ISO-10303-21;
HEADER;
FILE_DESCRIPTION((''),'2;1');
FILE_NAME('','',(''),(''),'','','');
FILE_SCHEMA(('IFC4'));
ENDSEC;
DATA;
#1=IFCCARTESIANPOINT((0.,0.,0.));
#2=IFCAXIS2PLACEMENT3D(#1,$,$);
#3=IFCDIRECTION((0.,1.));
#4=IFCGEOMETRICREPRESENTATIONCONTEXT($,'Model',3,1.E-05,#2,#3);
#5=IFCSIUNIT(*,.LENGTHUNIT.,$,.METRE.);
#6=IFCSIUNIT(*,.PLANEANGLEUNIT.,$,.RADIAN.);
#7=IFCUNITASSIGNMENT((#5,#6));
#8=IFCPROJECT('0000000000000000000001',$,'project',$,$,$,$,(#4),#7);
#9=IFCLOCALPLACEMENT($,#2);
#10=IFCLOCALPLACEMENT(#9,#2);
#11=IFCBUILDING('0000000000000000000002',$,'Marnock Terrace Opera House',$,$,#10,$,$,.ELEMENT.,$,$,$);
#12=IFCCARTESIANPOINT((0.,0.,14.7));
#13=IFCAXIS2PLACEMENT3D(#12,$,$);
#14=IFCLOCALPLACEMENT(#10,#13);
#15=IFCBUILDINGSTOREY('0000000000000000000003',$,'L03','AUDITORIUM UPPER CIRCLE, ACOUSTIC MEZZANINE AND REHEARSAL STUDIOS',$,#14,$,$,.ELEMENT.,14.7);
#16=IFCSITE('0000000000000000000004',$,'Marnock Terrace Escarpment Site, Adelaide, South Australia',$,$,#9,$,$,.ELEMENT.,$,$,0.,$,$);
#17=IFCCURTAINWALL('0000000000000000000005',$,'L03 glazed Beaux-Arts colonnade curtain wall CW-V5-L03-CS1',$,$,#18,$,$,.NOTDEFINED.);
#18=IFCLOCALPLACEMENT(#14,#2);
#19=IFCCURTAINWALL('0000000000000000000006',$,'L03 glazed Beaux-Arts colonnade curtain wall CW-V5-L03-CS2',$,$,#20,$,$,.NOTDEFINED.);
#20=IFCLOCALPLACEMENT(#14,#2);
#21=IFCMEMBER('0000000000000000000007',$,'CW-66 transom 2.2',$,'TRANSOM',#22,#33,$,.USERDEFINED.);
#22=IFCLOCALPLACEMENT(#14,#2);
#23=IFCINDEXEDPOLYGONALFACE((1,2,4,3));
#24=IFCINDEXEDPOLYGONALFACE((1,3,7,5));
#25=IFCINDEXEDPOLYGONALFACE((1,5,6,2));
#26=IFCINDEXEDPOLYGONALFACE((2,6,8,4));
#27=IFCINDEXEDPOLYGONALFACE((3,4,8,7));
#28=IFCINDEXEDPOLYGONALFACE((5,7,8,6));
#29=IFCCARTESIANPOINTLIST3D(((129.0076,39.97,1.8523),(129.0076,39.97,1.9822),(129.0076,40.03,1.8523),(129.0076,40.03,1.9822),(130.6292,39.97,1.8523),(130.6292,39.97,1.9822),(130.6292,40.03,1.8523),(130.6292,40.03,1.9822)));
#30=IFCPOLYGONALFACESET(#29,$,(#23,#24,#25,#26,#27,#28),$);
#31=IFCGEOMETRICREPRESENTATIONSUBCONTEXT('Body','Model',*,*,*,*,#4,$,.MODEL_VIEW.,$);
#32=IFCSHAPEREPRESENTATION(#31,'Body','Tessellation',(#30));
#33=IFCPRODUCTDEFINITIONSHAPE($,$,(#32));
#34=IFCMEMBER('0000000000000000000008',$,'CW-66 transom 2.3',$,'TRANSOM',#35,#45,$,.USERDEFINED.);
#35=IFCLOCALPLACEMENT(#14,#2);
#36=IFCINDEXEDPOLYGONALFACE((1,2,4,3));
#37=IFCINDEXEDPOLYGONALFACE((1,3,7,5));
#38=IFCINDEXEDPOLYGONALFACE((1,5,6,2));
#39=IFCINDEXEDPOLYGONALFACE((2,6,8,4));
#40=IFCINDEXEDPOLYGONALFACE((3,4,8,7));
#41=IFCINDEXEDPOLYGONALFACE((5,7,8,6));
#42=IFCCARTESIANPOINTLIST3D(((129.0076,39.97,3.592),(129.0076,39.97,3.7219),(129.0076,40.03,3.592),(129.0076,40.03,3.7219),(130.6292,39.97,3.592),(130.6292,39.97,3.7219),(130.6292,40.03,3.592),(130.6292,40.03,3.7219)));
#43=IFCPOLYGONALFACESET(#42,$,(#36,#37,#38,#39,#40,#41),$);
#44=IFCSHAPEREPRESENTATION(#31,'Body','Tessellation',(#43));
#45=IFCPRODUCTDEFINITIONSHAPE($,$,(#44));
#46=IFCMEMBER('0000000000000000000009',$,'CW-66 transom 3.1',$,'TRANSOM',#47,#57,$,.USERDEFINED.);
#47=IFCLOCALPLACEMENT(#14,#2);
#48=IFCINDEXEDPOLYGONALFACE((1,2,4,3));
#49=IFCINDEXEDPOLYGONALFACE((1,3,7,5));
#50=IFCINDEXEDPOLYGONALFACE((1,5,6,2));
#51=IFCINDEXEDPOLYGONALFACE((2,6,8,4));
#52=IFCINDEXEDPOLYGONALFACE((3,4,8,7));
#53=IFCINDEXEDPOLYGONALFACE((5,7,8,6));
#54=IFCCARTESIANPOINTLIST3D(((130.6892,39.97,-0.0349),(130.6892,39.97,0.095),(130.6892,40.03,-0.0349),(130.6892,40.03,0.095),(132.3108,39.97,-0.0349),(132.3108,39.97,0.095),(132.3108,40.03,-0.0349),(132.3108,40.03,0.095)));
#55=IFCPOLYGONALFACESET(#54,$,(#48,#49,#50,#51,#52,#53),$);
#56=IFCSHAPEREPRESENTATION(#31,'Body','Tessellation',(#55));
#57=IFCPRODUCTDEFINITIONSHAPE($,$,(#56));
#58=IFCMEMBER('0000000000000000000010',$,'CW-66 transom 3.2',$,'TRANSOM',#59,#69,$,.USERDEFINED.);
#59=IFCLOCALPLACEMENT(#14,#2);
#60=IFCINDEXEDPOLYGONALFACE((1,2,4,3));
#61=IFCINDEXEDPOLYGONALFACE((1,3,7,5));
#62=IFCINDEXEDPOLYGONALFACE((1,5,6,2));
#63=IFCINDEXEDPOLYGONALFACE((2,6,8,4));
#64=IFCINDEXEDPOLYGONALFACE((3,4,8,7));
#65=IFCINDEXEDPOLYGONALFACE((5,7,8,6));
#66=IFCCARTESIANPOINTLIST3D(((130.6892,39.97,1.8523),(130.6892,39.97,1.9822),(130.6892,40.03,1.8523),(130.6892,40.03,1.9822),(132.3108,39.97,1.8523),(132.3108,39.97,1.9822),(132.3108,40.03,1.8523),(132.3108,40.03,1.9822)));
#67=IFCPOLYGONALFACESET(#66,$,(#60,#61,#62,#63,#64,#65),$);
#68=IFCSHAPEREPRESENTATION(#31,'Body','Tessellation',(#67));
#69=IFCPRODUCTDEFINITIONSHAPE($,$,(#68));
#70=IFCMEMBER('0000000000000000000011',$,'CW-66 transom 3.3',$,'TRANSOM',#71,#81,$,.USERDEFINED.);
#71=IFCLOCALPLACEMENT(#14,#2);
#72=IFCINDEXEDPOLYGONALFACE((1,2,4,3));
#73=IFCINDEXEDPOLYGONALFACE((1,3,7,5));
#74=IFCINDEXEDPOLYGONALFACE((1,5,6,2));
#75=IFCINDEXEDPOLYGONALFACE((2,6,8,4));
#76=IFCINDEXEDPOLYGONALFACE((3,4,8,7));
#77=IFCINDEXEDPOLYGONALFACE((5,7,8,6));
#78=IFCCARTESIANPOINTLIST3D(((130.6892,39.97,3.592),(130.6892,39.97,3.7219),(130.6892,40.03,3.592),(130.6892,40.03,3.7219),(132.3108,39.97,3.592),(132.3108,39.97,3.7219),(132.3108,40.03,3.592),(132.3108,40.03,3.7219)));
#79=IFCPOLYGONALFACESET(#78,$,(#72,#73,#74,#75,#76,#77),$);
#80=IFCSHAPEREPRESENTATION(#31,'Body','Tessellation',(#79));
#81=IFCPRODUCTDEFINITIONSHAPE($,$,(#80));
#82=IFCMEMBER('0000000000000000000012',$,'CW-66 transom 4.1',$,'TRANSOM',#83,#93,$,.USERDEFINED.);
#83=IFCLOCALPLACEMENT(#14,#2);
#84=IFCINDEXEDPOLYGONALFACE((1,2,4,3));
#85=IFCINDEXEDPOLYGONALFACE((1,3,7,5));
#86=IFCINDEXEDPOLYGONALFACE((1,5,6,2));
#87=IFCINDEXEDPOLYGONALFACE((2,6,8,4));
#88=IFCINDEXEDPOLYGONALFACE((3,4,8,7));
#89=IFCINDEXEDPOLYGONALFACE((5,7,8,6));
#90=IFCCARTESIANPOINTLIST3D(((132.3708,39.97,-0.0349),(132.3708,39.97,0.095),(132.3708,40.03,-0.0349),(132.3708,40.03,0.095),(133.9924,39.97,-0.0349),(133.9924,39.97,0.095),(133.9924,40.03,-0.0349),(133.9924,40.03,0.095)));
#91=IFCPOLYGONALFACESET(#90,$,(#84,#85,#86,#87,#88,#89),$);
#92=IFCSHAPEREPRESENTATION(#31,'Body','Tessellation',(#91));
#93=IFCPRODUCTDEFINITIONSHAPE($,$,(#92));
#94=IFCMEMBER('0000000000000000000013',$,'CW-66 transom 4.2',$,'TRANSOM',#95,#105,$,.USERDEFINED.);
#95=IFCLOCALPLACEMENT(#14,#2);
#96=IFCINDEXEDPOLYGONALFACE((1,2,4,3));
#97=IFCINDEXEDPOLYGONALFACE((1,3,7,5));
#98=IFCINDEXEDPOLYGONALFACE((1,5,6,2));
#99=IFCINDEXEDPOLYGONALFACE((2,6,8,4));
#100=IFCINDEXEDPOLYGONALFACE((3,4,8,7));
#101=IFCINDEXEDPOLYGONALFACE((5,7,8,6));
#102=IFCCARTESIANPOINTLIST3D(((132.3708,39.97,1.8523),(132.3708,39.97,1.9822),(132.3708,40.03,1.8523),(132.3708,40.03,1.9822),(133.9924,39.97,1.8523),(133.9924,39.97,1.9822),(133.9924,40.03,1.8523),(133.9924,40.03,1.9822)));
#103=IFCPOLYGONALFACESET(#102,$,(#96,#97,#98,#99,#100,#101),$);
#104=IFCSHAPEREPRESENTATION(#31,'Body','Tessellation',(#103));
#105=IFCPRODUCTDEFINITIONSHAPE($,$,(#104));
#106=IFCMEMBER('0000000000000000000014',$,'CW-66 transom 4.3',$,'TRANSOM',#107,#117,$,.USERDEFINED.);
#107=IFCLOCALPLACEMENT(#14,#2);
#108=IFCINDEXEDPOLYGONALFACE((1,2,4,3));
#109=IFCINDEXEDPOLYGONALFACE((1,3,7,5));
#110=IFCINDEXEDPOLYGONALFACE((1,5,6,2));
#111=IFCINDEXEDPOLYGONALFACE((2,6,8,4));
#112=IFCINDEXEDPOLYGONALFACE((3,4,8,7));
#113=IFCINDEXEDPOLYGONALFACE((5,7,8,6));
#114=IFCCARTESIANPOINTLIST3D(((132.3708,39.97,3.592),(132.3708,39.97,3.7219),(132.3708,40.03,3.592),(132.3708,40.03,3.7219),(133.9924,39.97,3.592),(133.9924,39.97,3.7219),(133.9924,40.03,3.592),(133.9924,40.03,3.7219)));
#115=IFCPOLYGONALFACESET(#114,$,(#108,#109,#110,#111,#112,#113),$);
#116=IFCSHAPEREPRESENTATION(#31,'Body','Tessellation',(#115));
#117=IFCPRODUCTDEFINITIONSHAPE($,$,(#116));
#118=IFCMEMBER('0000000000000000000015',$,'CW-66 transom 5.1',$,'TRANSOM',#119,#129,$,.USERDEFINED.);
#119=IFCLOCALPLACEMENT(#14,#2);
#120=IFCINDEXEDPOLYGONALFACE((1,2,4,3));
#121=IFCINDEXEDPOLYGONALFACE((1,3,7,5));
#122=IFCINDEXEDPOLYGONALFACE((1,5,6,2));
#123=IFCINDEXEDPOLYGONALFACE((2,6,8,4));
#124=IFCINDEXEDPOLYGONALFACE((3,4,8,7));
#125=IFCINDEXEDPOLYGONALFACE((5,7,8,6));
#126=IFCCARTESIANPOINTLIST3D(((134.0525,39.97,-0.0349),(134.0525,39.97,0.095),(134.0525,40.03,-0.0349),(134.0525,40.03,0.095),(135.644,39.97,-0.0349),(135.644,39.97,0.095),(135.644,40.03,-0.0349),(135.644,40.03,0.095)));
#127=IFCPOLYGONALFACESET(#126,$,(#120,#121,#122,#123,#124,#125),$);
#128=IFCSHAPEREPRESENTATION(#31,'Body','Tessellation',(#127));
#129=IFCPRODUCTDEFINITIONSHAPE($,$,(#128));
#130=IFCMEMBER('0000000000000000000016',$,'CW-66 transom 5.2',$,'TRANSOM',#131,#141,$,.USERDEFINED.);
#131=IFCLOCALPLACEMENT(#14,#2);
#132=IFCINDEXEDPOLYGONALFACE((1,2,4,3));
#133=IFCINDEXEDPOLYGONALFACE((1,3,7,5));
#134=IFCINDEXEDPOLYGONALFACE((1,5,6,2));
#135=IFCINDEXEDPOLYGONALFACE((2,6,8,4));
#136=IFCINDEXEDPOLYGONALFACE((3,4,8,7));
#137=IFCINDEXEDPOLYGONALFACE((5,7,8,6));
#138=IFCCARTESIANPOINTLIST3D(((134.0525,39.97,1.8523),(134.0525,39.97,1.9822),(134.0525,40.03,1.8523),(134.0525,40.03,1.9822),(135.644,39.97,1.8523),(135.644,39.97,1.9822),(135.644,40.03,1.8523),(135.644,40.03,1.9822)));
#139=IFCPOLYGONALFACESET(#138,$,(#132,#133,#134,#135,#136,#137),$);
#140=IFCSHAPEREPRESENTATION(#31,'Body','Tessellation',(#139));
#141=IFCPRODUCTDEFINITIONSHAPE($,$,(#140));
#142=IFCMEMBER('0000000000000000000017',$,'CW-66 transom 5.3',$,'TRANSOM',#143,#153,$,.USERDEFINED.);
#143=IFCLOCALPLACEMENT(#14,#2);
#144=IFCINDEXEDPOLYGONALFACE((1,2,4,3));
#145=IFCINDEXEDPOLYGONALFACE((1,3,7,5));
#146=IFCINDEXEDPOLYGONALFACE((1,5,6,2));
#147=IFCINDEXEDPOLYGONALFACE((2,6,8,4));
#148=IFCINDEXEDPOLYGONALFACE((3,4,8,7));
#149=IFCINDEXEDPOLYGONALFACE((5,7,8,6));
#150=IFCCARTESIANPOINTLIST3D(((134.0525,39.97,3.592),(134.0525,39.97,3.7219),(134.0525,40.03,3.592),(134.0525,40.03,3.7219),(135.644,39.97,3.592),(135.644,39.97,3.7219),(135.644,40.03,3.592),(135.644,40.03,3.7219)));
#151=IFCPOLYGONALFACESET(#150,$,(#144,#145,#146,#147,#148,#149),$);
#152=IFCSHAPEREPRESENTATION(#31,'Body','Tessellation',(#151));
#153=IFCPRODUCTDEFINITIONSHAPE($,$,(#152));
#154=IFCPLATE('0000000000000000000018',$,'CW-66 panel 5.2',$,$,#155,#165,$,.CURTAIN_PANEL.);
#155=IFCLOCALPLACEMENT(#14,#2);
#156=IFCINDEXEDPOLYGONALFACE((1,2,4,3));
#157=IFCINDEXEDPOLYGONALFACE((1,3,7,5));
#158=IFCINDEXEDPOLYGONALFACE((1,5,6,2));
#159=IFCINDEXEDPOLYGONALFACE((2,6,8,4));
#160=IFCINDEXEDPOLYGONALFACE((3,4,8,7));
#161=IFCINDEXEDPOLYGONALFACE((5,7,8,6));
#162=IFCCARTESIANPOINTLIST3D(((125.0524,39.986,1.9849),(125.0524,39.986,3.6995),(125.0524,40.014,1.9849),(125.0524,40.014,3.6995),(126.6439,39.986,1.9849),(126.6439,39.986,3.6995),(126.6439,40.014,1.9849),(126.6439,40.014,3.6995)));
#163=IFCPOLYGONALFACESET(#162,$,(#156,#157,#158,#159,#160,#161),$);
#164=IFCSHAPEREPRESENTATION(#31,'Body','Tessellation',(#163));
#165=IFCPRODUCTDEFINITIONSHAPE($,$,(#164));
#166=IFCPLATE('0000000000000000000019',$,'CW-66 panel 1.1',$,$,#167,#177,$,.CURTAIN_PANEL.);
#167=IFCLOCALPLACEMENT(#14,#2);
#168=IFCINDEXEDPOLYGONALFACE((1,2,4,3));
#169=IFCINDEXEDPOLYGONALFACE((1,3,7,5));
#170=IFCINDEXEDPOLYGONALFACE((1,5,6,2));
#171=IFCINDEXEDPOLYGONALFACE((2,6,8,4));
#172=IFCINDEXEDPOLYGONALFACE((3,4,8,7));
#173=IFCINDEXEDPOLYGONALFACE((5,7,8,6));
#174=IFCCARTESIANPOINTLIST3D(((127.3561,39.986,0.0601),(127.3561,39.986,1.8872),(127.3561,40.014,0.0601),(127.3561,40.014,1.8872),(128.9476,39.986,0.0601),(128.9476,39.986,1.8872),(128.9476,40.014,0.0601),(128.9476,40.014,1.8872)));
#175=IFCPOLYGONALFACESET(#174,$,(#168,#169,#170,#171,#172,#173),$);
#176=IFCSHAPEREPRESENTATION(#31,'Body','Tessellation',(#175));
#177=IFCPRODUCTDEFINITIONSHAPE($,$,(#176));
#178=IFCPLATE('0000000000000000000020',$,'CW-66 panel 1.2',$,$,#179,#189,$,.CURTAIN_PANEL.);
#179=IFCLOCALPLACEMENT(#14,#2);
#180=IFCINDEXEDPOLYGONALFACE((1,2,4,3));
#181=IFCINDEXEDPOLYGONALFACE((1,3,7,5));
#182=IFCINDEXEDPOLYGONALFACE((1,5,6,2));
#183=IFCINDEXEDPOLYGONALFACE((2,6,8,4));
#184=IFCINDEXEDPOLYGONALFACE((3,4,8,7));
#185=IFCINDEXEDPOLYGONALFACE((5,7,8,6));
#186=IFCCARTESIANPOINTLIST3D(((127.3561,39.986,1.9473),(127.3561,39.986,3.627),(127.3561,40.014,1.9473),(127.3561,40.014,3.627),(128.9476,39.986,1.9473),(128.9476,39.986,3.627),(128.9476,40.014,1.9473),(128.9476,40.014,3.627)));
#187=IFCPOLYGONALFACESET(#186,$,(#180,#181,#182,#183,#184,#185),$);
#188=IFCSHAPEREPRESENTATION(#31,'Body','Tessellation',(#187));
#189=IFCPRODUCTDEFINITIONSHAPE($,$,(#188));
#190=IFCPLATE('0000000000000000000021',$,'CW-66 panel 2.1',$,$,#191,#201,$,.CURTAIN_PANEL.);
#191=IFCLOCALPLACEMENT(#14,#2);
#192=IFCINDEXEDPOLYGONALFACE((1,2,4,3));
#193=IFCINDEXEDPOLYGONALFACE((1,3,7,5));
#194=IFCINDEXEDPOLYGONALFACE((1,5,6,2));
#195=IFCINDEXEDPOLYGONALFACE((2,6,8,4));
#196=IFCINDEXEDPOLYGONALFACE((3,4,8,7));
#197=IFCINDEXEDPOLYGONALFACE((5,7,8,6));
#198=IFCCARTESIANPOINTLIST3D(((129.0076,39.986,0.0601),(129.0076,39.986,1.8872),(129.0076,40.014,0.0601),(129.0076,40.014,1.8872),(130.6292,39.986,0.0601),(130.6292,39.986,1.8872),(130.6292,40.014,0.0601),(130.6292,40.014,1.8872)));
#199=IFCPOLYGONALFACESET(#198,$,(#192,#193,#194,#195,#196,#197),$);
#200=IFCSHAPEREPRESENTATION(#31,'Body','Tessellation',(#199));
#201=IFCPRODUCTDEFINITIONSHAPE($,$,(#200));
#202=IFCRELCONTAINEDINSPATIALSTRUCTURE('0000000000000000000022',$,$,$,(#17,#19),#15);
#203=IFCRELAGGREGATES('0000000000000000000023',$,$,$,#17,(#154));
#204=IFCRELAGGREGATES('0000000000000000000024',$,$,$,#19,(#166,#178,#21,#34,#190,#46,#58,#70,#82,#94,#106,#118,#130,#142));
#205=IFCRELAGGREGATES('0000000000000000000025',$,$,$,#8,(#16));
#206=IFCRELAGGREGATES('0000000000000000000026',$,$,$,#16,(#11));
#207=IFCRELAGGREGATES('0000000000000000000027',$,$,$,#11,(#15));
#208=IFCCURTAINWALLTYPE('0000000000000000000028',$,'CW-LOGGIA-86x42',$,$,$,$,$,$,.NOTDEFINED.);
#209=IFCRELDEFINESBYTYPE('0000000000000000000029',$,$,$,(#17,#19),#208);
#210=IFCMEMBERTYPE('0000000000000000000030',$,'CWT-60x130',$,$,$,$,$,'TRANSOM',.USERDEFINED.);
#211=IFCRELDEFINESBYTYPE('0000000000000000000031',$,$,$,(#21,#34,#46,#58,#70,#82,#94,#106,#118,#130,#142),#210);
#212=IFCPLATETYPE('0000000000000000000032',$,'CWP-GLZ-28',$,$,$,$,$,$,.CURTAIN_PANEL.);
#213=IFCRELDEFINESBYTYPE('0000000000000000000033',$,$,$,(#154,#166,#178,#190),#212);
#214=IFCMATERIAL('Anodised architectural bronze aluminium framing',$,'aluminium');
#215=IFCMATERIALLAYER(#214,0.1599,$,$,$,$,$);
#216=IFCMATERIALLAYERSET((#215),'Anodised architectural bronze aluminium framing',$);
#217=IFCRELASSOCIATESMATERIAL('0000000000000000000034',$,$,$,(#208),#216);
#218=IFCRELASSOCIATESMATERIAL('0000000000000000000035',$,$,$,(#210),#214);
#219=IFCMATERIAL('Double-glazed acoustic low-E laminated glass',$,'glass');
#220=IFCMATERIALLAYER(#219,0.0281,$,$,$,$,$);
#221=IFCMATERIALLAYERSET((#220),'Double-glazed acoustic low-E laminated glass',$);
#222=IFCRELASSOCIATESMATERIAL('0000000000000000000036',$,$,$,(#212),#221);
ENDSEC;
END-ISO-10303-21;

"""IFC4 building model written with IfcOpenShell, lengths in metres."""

from ifc_helpers import new_model, si_unit, direction, frame, origin, origin_2d, place, context, subcontext, project, spatial, rectangle, extrude, material, layer, layer_set, material_profile, profile_set, type_object, element, aggregate, save


model = new_model("IFC4")

# Units and contexts
model_context = context("Model", 3, precision=1e-05, world=origin(), true_north=direction((0.0, 1.0)))
body_context = subcontext(model_context, "Body", "Model", "MODEL_VIEW")
ifc_project = project(units=[si_unit("LENGTHUNIT", "METRE"), si_unit("PLANEANGLEUNIT", "RADIAN")], contexts=[model_context])

# Site, building, storey
site_placement = place(None, origin())
site = spatial("IfcSite", under=ifc_project, at=site_placement, Name="Marnock Terrace Escarpment Site, Adelaide, South Australia", CompositionType="ELEMENT", RefElevation=0.0)
building_placement = place(site_placement, origin())
building = spatial("IfcBuilding", under=site, at=building_placement, Name="Marnock Terrace Opera House", CompositionType="ELEMENT")
storey_placement = place(building_placement, frame((0.0, 0.0, 14.7)))
storey = spatial("IfcBuildingStorey", under=building, at=storey_placement, Name="L03", Description="AUDITORIUM UPPER CIRCLE, ACOUSTIC MEZZANINE AND REHEARSAL STUDIOS", CompositionType="ELEMENT", Elevation=14.7)

# Curtain wall
ifc_material_1 = material(Name="Anodised architectural bronze aluminium framing", Category="aluminium")
ifc_layer_1 = layer(ifc_material_1, 0.1599)
ifc_layer_set_1 = layer_set([ifc_layer_1], Name="Anodised architectural bronze aluminium framing")
curtain_wall_type = type_object("IfcCurtainWallType", Name="CW-LOGGIA-86x42", PredefinedType="NOTDEFINED", material=ifc_layer_set_1)
curtain_wall_1_placement = place(storey_placement, origin())
curtain_wall_1 = element("IfcCurtainWall", 1, at=curtain_wall_1_placement, inside=storey, type_object=curtain_wall_type, Name="L03 glazed Beaux-Arts colonnade curtain wall CW-V5-L03-CS1", PredefinedType="NOTDEFINED")

# Curtain wall, members
curtain_wall_2_placement = place(storey_placement, origin())
curtain_wall_2 = element("IfcCurtainWall", 2, at=curtain_wall_2_placement, inside=storey, type_object=curtain_wall_type, Name="L03 glazed Beaux-Arts colonnade curtain wall CW-V5-L03-CS2", PredefinedType="NOTDEFINED")
ifc_material_profile_1 = material_profile(ifc_material_1, rectangle(XDim=0.0601, YDim=0.1299, at=origin_2d()))
ifc_profile_set_1 = profile_set([ifc_material_profile_1], Name="Anodised architectural bronze aluminium framing")
member_type_1 = type_object("IfcMemberType", Name="CWT-60x130", ElementType="TRANSOM", PredefinedType="USERDEFINED", material=ifc_profile_set_1)
member_1_placement = place(storey_placement, frame((129.0076, 40.0, 1.9172), z_axis=(1.0, 0.0, 0.0), x_axis=(0.0, 1.0, 0.0)))
member_1 = element("IfcMember", 3, at=member_1_placement, type_object=member_type_1, Name="CW-66 transom 2.2", ObjectType="TRANSOM", PredefinedType="USERDEFINED", context=body_context, shape_type="SweptSolid", body=[
    extrude(rectangle(XDim=0.0601, YDim=0.1299, at=origin_2d()), origin(), (0.0, 0.0, 1.0), 1.6216),
])
member_2_placement = place(storey_placement, frame((129.0076, 40.0, 3.657), z_axis=(1.0, 0.0, 0.0), x_axis=(0.0, 1.0, 0.0)))
member_2 = element("IfcMember", 4, at=member_2_placement, type_object=member_type_1, Name="CW-66 transom 2.3", ObjectType="TRANSOM", PredefinedType="USERDEFINED", context=body_context, shape_type="SweptSolid", body=[
    extrude(rectangle(XDim=0.0601, YDim=0.1299, at=origin_2d()), origin(), (0.0, 0.0, 1.0), 1.6216),
])
member_3_placement = place(storey_placement, frame((130.6892, 40.0, 0.03), z_axis=(1.0, 0.0, 0.0), x_axis=(0.0, 1.0, 0.0)))
member_3 = element("IfcMember", 5, at=member_3_placement, type_object=member_type_1, Name="CW-66 transom 3.1", ObjectType="TRANSOM", PredefinedType="USERDEFINED", context=body_context, shape_type="SweptSolid", body=[
    extrude(rectangle(XDim=0.0601, YDim=0.1299, at=origin_2d()), origin(), (0.0, 0.0, 1.0), 1.6216),
])
member_4_placement = place(storey_placement, frame((130.6892, 40.0, 1.9172), z_axis=(1.0, 0.0, 0.0), x_axis=(0.0, 1.0, 0.0)))
member_4 = element("IfcMember", 6, at=member_4_placement, type_object=member_type_1, Name="CW-66 transom 3.2", ObjectType="TRANSOM", PredefinedType="USERDEFINED", context=body_context, shape_type="SweptSolid", body=[
    extrude(rectangle(XDim=0.0601, YDim=0.1299, at=origin_2d()), origin(), (0.0, 0.0, 1.0), 1.6216),
])
member_5_placement = place(storey_placement, frame((130.6892, 40.0, 3.657), z_axis=(1.0, 0.0, 0.0), x_axis=(0.0, 1.0, 0.0)))
member_5 = element("IfcMember", 7, at=member_5_placement, type_object=member_type_1, Name="CW-66 transom 3.3", ObjectType="TRANSOM", PredefinedType="USERDEFINED", context=body_context, shape_type="SweptSolid", body=[
    extrude(rectangle(XDim=0.0601, YDim=0.1299, at=origin_2d()), origin(), (0.0, 0.0, 1.0), 1.6216),
])
member_6_placement = place(storey_placement, frame((132.3708, 40.0, 0.03), z_axis=(1.0, 0.0, 0.0), x_axis=(0.0, 1.0, 0.0)))
member_6 = element("IfcMember", 8, at=member_6_placement, type_object=member_type_1, Name="CW-66 transom 4.1", ObjectType="TRANSOM", PredefinedType="USERDEFINED", context=body_context, shape_type="SweptSolid", body=[
    extrude(rectangle(XDim=0.0601, YDim=0.1299, at=origin_2d()), origin(), (0.0, 0.0, 1.0), 1.6216),
])
member_7_placement = place(storey_placement, frame((132.3708, 40.0, 1.9172), z_axis=(1.0, 0.0, 0.0), x_axis=(0.0, 1.0, 0.0)))
member_7 = element("IfcMember", 9, at=member_7_placement, type_object=member_type_1, Name="CW-66 transom 4.2", ObjectType="TRANSOM", PredefinedType="USERDEFINED", context=body_context, shape_type="SweptSolid", body=[
    extrude(rectangle(XDim=0.0601, YDim=0.1299, at=origin_2d()), origin(), (0.0, 0.0, 1.0), 1.6216),
])
member_8_placement = place(storey_placement, frame((132.3708, 40.0, 3.657), z_axis=(1.0, 0.0, 0.0), x_axis=(0.0, 1.0, 0.0)))
member_8 = element("IfcMember", 10, at=member_8_placement, type_object=member_type_1, Name="CW-66 transom 4.3", ObjectType="TRANSOM", PredefinedType="USERDEFINED", context=body_context, shape_type="SweptSolid", body=[
    extrude(rectangle(XDim=0.0601, YDim=0.1299, at=origin_2d()), origin(), (0.0, 0.0, 1.0), 1.6216),
])
member_9_placement = place(storey_placement, frame((134.0525, 40.0, 0.03), z_axis=(1.0, 0.0, 0.0), x_axis=(0.0, 1.0, 0.0)))
member_9 = element("IfcMember", 11, at=member_9_placement, type_object=member_type_1, Name="CW-66 transom 5.1", ObjectType="TRANSOM", PredefinedType="USERDEFINED", context=body_context, shape_type="SweptSolid", body=[
    extrude(rectangle(XDim=0.0601, YDim=0.1299, at=origin_2d()), origin(), (0.0, 0.0, 1.0), 1.5916),
])
member_10_placement = place(storey_placement, frame((134.0525, 40.0, 1.9172), z_axis=(1.0, 0.0, 0.0), x_axis=(0.0, 1.0, 0.0)))
member_10 = element("IfcMember", 12, at=member_10_placement, type_object=member_type_1, Name="CW-66 transom 5.2", ObjectType="TRANSOM", PredefinedType="USERDEFINED", context=body_context, shape_type="SweptSolid", body=[
    extrude(rectangle(XDim=0.0601, YDim=0.1299, at=origin_2d()), origin(), (0.0, 0.0, 1.0), 1.5916),
])
member_11_placement = place(storey_placement, frame((134.0525, 40.0, 3.657), z_axis=(1.0, 0.0, 0.0), x_axis=(0.0, 1.0, 0.0)))
member_11 = element("IfcMember", 13, at=member_11_placement, type_object=member_type_1, Name="CW-66 transom 5.3", ObjectType="TRANSOM", PredefinedType="USERDEFINED", context=body_context, shape_type="SweptSolid", body=[
    extrude(rectangle(XDim=0.0601, YDim=0.1299, at=origin_2d()), origin(), (0.0, 0.0, 1.0), 1.5916),
])

# Plates
ifc_material_2 = material(Name="Double-glazed acoustic low-E laminated glass", Category="glass")
ifc_layer_2 = layer(ifc_material_2, 0.0281)
ifc_layer_set_2 = layer_set([ifc_layer_2], Name="Double-glazed acoustic low-E laminated glass")
plate_type = type_object("IfcPlateType", Name="CWP-GLZ-28", PredefinedType="CURTAIN_PANEL", material=ifc_layer_set_2)
plate_1_placement = place(storey_placement, frame((125.8481, 40.0, 1.9849), z_axis=(0.0, 0.0, 1.0), x_axis=(1.0, 0.0, 0.0)))
plate_1 = element("IfcPlate", 14, at=plate_1_placement, type_object=plate_type, Name="CW-66 panel 5.2", PredefinedType="CURTAIN_PANEL", context=body_context, shape_type="SweptSolid", body=[
    extrude(rectangle(XDim=1.5916, YDim=0.0281, at=origin_2d()), origin(), (0.0, 0.0, 1.0), 1.7146),
])
aggregate(curtain_wall_1, [plate_1])
plate_2_placement = place(storey_placement, frame((128.1519, 40.0, 0.0601), z_axis=(0.0, 0.0, 1.0), x_axis=(1.0, 0.0, 0.0)))
plate_2 = element("IfcPlate", 15, at=plate_2_placement, type_object=plate_type, Name="CW-66 panel 1.1", PredefinedType="CURTAIN_PANEL", context=body_context, shape_type="SweptSolid", body=[
    extrude(rectangle(XDim=1.5916, YDim=0.0281, at=origin_2d()), origin(), (0.0, 0.0, 1.0), 1.8271),
])
plate_3_placement = place(storey_placement, frame((128.1519, 40.0, 1.9473), z_axis=(0.0, 0.0, 1.0), x_axis=(1.0, 0.0, 0.0)))
plate_3 = element("IfcPlate", 16, at=plate_3_placement, type_object=plate_type, Name="CW-66 panel 1.2", PredefinedType="CURTAIN_PANEL", context=body_context, shape_type="SweptSolid", body=[
    extrude(rectangle(XDim=1.5916, YDim=0.0281, at=origin_2d()), origin(), (0.0, 0.0, 1.0), 1.6797),
])
plate_4_placement = place(storey_placement, frame((129.8184, 40.0, 0.0601), z_axis=(0.0, 0.0, 1.0), x_axis=(1.0, 0.0, 0.0)))
plate_4 = element("IfcPlate", 17, at=plate_4_placement, type_object=plate_type, Name="CW-66 panel 2.1", PredefinedType="CURTAIN_PANEL", context=body_context, shape_type="SweptSolid", body=[
    extrude(rectangle(XDim=1.6216, YDim=0.0281, at=origin_2d()), origin(), (0.0, 0.0, 1.0), 1.8271),
])
aggregate(curtain_wall_2, [plate_2, plate_3, member_1, member_2, plate_4, member_3, member_4, member_5, member_6, member_7, member_8, member_9, member_10, member_11])

save(model, "model.ifc")
